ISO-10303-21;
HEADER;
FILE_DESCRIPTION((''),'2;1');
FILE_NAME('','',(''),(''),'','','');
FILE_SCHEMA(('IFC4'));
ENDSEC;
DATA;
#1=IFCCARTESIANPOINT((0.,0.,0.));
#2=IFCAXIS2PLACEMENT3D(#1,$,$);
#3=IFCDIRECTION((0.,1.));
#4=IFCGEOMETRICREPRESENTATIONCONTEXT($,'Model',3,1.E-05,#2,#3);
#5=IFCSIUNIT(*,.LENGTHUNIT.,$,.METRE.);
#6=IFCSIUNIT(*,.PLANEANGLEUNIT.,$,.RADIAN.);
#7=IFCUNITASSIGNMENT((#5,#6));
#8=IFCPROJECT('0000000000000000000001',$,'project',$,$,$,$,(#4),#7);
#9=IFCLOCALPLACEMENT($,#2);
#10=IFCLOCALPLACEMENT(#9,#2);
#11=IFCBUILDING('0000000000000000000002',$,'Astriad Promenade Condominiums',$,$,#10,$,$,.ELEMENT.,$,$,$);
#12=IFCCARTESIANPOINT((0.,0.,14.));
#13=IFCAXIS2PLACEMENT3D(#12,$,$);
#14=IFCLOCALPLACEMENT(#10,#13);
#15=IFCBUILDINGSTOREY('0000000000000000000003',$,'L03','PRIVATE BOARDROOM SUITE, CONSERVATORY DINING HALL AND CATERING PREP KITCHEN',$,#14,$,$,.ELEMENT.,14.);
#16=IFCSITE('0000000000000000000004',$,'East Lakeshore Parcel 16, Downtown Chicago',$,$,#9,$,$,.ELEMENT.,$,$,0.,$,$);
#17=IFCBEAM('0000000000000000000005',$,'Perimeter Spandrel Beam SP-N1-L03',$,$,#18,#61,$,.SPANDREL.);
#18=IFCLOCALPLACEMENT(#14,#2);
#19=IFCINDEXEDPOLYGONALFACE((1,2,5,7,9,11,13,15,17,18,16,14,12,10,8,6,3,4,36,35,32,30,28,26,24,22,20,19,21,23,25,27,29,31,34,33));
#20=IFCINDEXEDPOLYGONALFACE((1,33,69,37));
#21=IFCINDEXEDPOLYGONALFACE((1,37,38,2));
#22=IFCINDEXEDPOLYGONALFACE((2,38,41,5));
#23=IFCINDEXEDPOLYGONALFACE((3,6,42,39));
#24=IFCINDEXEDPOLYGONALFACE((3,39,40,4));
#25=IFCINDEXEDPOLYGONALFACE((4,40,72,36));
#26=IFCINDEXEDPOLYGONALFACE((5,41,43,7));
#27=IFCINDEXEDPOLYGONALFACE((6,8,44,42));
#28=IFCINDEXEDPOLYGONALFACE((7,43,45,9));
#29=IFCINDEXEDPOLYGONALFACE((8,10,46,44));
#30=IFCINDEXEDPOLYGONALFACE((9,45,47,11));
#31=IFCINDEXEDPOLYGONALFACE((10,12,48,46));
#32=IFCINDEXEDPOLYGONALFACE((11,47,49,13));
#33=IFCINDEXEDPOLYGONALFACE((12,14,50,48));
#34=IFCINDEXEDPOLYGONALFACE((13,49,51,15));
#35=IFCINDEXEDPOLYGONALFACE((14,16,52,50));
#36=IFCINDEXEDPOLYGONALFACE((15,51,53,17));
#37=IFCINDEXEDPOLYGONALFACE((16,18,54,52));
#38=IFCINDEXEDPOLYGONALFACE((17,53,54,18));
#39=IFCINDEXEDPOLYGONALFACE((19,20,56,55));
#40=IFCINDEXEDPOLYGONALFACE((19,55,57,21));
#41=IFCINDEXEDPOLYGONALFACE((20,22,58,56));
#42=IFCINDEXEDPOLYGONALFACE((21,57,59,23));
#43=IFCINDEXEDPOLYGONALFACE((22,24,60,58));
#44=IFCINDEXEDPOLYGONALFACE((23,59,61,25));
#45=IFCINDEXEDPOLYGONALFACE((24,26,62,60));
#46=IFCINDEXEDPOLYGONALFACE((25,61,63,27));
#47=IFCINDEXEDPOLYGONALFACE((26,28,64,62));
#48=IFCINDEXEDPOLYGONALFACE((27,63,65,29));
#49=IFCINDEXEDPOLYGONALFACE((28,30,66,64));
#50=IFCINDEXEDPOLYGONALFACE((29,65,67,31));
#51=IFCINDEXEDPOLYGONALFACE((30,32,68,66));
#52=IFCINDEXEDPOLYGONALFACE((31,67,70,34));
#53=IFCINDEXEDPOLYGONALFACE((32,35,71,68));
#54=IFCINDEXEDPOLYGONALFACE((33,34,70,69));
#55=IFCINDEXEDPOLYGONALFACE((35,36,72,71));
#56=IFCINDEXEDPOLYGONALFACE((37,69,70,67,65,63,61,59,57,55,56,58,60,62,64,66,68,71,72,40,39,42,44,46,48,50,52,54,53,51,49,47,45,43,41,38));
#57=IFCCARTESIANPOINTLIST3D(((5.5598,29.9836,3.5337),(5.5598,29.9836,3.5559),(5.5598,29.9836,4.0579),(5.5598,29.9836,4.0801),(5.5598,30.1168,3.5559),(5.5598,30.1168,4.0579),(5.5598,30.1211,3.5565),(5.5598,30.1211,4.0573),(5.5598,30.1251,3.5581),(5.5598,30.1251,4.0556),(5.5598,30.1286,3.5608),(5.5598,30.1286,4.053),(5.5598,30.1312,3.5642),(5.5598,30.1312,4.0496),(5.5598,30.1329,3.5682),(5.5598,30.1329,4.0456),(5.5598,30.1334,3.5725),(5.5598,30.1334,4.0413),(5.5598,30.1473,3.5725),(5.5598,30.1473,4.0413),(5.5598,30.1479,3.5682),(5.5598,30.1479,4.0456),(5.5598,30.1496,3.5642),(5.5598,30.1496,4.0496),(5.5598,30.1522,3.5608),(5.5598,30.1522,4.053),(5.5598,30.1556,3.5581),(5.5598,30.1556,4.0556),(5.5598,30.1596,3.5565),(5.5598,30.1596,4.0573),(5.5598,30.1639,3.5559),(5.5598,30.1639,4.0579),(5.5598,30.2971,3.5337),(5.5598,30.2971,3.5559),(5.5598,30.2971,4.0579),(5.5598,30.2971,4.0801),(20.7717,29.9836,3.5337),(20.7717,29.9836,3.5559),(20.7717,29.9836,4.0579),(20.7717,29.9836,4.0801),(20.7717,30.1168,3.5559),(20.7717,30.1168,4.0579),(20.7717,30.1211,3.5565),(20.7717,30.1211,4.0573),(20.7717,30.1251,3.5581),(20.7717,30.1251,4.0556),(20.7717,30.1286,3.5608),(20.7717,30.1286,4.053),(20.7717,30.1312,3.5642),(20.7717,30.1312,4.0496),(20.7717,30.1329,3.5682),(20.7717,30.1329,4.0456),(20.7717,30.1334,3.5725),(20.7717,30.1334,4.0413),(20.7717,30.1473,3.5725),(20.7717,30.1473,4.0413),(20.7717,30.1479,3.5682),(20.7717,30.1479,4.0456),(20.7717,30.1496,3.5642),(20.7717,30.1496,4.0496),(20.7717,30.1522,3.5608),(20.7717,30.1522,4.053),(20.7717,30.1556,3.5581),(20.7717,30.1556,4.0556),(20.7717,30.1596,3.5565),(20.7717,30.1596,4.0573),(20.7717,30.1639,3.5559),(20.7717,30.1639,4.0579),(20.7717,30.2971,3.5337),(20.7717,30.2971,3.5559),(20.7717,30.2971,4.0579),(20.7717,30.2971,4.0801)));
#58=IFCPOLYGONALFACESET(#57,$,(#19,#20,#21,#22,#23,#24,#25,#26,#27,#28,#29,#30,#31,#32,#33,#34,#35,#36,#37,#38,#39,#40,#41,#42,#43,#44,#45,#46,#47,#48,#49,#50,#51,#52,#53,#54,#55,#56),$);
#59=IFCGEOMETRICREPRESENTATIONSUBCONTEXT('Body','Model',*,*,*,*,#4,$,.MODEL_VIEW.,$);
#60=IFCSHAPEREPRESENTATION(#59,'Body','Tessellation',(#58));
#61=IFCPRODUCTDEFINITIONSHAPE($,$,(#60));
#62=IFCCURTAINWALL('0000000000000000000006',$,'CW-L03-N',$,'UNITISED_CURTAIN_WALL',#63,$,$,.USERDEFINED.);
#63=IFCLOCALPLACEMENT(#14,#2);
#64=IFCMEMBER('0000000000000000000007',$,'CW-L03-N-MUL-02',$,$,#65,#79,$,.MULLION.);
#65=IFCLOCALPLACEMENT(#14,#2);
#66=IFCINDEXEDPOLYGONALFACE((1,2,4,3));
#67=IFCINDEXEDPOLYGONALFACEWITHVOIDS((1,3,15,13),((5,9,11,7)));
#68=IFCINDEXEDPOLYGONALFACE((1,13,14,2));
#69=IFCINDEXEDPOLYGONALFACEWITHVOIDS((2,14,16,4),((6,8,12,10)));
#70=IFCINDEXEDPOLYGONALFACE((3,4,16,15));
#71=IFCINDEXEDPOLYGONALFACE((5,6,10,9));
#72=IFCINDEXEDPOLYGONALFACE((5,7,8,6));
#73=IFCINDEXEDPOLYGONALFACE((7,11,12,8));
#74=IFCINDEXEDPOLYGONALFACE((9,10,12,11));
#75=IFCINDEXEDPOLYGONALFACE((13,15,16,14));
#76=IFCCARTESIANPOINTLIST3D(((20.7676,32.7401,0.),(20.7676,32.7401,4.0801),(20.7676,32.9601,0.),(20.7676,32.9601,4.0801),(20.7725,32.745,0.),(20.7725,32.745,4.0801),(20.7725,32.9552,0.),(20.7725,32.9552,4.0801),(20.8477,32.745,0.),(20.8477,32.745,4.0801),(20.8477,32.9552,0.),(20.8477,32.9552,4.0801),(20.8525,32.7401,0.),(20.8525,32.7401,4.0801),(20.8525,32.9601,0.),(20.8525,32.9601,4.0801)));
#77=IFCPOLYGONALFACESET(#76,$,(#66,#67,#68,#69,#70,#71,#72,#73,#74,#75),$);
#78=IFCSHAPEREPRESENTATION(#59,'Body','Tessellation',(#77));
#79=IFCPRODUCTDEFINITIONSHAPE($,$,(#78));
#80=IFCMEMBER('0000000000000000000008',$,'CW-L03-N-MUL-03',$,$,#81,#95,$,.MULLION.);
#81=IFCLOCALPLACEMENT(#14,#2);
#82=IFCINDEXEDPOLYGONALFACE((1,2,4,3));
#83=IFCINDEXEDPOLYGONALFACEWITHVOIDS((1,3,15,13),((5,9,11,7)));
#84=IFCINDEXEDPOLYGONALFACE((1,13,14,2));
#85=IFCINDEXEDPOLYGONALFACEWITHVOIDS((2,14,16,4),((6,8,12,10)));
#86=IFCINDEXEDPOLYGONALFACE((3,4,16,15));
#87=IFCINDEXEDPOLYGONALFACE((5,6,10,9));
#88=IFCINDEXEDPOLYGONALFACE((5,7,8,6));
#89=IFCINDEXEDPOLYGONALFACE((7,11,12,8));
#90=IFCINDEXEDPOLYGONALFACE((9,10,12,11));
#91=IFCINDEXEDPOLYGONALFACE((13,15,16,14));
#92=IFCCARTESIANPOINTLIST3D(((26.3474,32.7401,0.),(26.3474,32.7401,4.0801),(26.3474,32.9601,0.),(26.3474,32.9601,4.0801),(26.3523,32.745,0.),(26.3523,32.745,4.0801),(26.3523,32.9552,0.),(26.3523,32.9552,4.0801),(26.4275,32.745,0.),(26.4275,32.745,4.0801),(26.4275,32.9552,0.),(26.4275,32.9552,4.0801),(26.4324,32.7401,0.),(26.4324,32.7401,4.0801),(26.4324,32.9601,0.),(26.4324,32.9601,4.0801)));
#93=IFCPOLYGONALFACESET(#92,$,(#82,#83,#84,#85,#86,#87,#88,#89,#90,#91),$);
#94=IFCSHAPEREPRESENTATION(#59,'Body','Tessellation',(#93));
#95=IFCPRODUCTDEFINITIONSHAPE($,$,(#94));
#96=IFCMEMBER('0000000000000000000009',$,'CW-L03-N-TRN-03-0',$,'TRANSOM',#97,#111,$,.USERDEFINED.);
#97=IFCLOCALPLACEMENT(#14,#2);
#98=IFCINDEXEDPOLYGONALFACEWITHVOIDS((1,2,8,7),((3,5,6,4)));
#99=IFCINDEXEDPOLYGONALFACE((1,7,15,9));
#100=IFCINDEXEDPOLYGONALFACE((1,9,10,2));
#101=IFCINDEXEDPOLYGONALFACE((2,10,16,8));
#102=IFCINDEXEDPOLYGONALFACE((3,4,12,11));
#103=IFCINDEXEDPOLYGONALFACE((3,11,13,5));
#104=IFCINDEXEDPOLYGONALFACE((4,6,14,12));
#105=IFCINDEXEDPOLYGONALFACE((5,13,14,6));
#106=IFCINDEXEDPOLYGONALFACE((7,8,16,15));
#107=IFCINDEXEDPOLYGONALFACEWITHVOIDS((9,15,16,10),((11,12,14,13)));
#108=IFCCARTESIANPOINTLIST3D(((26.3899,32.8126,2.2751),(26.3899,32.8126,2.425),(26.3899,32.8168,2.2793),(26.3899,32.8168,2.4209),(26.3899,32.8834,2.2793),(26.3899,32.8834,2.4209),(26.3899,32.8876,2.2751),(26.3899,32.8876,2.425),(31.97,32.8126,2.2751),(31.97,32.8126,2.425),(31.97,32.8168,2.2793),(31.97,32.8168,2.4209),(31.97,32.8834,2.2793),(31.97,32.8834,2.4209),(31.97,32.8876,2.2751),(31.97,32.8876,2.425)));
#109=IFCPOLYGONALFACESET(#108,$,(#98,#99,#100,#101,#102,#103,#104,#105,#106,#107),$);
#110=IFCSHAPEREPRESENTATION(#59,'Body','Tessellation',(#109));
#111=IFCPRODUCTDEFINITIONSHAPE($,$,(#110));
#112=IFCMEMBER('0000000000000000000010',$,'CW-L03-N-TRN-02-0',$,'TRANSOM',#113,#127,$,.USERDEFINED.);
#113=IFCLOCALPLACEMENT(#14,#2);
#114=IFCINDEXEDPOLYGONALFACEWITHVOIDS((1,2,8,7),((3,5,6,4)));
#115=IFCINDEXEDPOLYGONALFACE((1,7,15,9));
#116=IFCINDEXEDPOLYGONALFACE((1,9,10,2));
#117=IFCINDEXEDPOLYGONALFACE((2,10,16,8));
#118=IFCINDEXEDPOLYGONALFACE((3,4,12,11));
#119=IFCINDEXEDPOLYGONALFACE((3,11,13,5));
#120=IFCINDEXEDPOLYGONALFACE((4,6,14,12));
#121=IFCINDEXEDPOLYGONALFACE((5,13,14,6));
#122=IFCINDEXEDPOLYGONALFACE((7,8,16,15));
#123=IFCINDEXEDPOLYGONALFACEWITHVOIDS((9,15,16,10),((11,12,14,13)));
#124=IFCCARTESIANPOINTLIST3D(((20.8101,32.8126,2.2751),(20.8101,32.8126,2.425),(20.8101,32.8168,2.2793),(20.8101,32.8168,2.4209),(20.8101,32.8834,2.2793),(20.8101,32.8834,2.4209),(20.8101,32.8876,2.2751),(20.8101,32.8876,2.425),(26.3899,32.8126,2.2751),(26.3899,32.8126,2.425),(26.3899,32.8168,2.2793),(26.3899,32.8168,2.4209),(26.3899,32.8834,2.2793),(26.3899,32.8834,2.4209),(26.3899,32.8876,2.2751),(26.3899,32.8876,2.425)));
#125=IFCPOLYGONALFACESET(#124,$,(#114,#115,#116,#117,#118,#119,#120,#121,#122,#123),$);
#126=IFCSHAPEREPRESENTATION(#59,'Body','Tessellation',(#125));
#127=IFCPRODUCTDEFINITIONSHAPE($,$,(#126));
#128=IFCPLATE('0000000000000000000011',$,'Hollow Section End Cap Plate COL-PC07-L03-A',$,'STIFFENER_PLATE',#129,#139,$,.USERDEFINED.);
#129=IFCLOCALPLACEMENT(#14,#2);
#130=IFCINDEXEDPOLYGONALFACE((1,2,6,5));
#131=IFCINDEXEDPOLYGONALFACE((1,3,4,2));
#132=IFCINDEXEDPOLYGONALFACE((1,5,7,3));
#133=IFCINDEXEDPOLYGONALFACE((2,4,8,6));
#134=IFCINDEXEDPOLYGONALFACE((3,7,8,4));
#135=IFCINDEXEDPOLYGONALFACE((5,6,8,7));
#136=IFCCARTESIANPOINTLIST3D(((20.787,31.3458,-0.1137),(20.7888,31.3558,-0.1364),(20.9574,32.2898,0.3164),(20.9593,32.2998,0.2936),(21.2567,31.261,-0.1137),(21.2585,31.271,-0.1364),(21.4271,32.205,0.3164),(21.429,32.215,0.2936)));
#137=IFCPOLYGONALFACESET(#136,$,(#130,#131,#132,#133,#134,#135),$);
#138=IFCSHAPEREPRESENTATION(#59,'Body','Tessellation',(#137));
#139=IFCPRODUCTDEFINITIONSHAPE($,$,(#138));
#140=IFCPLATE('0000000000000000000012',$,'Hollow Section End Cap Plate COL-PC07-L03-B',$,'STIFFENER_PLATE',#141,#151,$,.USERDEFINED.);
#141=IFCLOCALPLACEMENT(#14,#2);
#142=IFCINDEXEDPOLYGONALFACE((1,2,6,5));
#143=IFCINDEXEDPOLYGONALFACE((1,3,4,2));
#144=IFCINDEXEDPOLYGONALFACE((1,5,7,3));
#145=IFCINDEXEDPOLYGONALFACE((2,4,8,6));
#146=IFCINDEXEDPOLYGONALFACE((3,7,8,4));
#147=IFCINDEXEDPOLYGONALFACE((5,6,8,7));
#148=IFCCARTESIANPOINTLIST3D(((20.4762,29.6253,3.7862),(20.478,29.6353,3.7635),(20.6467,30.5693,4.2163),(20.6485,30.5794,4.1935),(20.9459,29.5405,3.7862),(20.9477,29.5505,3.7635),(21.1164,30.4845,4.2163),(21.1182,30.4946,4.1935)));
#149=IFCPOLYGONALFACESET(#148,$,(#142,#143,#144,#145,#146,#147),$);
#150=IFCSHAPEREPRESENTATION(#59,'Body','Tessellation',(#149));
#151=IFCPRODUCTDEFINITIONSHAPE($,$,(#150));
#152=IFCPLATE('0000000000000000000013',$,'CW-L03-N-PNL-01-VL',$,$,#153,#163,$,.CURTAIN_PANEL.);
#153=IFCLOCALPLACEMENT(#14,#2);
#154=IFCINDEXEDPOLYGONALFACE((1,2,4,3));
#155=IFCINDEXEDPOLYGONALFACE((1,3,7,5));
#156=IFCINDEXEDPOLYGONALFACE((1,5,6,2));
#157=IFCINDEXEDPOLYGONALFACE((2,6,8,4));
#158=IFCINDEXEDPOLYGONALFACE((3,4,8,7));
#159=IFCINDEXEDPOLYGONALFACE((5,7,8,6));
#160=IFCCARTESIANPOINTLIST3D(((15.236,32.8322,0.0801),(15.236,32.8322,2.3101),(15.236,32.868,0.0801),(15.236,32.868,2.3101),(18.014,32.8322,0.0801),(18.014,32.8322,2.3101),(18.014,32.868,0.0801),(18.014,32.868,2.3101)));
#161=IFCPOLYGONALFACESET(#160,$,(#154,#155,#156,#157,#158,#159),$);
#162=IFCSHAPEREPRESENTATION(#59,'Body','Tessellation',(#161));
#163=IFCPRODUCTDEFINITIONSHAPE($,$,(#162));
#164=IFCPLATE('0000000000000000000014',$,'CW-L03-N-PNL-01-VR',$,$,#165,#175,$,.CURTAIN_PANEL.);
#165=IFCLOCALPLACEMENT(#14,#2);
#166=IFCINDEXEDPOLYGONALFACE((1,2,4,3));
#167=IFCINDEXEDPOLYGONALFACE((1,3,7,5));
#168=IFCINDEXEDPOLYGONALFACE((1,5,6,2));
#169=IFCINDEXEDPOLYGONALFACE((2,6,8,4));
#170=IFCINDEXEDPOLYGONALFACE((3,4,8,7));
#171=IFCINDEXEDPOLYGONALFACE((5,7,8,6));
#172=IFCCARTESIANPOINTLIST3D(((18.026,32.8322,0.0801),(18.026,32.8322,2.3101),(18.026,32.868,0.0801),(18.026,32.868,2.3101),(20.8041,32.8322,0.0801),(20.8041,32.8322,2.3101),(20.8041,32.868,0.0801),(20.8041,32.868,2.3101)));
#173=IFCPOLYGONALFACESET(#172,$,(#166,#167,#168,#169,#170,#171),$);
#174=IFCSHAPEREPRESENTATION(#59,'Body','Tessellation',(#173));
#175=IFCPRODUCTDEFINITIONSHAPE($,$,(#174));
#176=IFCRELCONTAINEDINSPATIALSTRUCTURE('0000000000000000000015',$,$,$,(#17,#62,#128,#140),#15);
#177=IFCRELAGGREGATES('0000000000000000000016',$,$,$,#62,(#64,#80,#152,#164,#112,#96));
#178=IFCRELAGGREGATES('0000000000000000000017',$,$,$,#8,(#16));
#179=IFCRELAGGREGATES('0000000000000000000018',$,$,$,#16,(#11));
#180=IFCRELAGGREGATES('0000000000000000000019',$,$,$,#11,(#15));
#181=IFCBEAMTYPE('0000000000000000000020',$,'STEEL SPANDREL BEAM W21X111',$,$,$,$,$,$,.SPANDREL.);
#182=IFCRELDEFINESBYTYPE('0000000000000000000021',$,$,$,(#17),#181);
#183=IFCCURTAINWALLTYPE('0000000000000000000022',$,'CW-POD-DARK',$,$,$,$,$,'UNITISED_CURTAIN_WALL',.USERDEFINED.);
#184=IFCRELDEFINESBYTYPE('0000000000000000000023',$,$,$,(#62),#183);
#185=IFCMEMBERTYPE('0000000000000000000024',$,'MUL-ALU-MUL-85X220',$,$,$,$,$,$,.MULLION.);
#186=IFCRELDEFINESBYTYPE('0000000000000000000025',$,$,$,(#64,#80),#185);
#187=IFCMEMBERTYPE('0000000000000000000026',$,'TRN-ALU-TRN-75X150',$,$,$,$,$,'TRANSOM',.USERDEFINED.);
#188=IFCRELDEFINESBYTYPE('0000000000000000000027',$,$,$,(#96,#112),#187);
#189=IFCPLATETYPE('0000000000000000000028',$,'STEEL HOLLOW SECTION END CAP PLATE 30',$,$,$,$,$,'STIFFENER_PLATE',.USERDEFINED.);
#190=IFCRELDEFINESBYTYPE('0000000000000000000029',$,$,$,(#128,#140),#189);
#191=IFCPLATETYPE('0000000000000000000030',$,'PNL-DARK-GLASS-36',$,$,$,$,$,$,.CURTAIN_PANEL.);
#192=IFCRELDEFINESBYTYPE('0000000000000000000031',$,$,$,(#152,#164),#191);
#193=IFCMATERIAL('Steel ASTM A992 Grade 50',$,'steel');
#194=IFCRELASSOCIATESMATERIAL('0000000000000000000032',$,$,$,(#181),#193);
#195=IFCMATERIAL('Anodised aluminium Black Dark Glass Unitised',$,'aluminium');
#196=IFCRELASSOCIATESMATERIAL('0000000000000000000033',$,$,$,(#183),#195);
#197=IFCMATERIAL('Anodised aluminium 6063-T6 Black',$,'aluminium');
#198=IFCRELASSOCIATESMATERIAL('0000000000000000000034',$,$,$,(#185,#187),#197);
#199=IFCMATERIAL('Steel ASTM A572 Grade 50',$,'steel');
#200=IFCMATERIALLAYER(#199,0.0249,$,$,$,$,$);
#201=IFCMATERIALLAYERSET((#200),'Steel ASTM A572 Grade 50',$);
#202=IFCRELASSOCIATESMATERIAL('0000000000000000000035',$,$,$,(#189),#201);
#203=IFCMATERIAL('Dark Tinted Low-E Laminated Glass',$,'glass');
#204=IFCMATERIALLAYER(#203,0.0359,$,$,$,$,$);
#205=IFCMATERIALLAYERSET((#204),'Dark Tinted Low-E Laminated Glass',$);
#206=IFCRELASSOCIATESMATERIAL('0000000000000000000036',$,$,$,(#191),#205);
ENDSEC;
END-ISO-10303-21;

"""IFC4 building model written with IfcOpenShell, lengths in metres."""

from ifc_helpers import new_model, si_unit, direction, frame, origin, origin_2d, place, context, subcontext, project, spatial, rectangle, hollow_rectangle, i_section, extrude, source, transform, mapped, material, layer, layer_set, material_profile, profile_set, type_object, type_shapes, element, aggregate, save


model = new_model("IFC4")

# Units and contexts
model_context = context("Model", 3, precision=1e-05, world=origin(), true_north=direction((0.0, 1.0)))
body_context = subcontext(model_context, "Body", "Model", "MODEL_VIEW")
ifc_project = project(units=[si_unit("LENGTHUNIT", "METRE"), si_unit("PLANEANGLEUNIT", "RADIAN")], contexts=[model_context])

# Site, building, storey
site_placement = place(None, origin())
site = spatial("IfcSite", under=ifc_project, at=site_placement, Name="East Lakeshore Parcel 16, Downtown Chicago", CompositionType="ELEMENT", RefElevation=0.0)
building_placement = place(site_placement, origin())
building = spatial("IfcBuilding", under=site, at=building_placement, Name="Astriad Promenade Condominiums", CompositionType="ELEMENT")
storey_placement = place(building_placement, frame((0.0, 0.0, 14.0)))
storey = spatial("IfcBuildingStorey", under=building, at=storey_placement, Name="L03", Description="PRIVATE BOARDROOM SUITE, CONSERVATORY DINING HALL AND CATERING PREP KITCHEN", CompositionType="ELEMENT", Elevation=14.0)

# Shared definitions
ifc_material_1 = material(Name="Steel ASTM A992 Grade 50", Category="steel")

# Beam
ifc_material_profile_1 = material_profile(ifc_material_1, i_section(OverallWidth=0.3135, OverallDepth=0.5464, WebThickness=0.0139, FlangeThickness=0.0222, FilletRadius=0.0166, at=origin_2d()), Name="W21X111")
ifc_profile_set_1 = profile_set([ifc_material_profile_1], Name="Steel ASTM A992 Grade 50")
beam_type_1 = type_object("IfcBeamType", Name="STEEL SPANDREL BEAM W21X111", PredefinedType="SPANDREL", material=ifc_profile_set_1)
shared_shape_1 = source(origin(), body_context, "Body", "SweptSolid", [
    extrude(i_section(OverallWidth=0.3135, OverallDepth=0.5464, WebThickness=0.0139, FlangeThickness=0.0222, FilletRadius=0.0166, at=origin_2d()), origin(), (0.0, 0.0, 1.0), 15.2119),
])
type_shapes(beam_type_1, [shared_shape_1])
beam_1_placement = place(storey_placement, frame((20.7717, 30.1404, 3.8069), z_axis=(-1.0, 0.0, 0.0), x_axis=(0.0, -1.0, 0.0)))
element("IfcBeam", 1, at=beam_1_placement, inside=storey, type_object=beam_type_1, Name="Perimeter Spandrel Beam SP-N1-L03", PredefinedType="SPANDREL", context=body_context, shape_type="MappedRepresentation", body=[
    mapped(shared_shape_1, transform((0.0, 0.0, 0.0), scale=1.0)),
])

# Curtain wall, members
ifc_material_2 = material(Name="Anodised aluminium Black Dark Glass Unitised", Category="aluminium")
curtain_wall_type = type_object("IfcCurtainWallType", Name="CW-POD-DARK", ElementType="UNITISED_CURTAIN_WALL", PredefinedType="USERDEFINED", material=ifc_material_2)
curtain_wall_placement = place(storey_placement, origin())
curtain_wall = element("IfcCurtainWall", 2, at=curtain_wall_placement, inside=storey, type_object=curtain_wall_type, Name="CW-L03-N", ObjectType="UNITISED_CURTAIN_WALL", PredefinedType="USERDEFINED")
ifc_material_3 = material(Name="Anodised aluminium 6063-T6 Black", Category="aluminium")
ifc_material_profile_2 = material_profile(ifc_material_3, hollow_rectangle(XDim=0.085, YDim=0.22, WallThickness=0.0049, at=origin_2d()), Name="ALU-MUL-85X220")
ifc_profile_set_2 = profile_set([ifc_material_profile_2], Name="Anodised aluminium 6063-T6 Black")
member_type_1 = type_object("IfcMemberType", Name="MUL-ALU-MUL-85X220", PredefinedType="MULLION", material=ifc_profile_set_2)
shared_shape_2 = source(origin(), body_context, "Body", "SweptSolid", [
    extrude(hollow_rectangle(XDim=0.085, YDim=0.22, WallThickness=0.0049, at=origin_2d()), origin(), (0.0, 0.0, 1.0), 4.0801),
])
type_shapes(member_type_1, [shared_shape_2])
member_1_placement = place(storey_placement, frame((20.8101, 32.8501, 0.0), z_axis=(0.0, 0.0, 1.0), x_axis=(1.0, 0.0, 0.0)))
member_1 = element("IfcMember", 3, at=member_1_placement, type_object=member_type_1, Name="CW-L03-N-MUL-02", PredefinedType="MULLION", context=body_context, shape_type="MappedRepresentation", body=[
    mapped(shared_shape_2, transform((0.0, 0.0, 0.0), scale=1.0)),
])
member_2_placement = place(storey_placement, frame((26.3899, 32.8501, 0.0), z_axis=(0.0, 0.0, 1.0), x_axis=(1.0, 0.0, 0.0)))
member_2 = element("IfcMember", 4, at=member_2_placement, type_object=member_type_1, Name="CW-L03-N-MUL-03", PredefinedType="MULLION", context=body_context, shape_type="MappedRepresentation", body=[
    mapped(shared_shape_2, transform((0.0, 0.0, 0.0), scale=1.0)),
])
ifc_material_profile_3 = material_profile(ifc_material_3, hollow_rectangle(XDim=0.075, YDim=0.1499, WallThickness=0.0042, at=origin_2d()), Name="ALU-TRN-75X150")
ifc_profile_set_3 = profile_set([ifc_material_profile_3], Name="Anodised aluminium 6063-T6 Black")
member_type_2 = type_object("IfcMemberType", Name="TRN-ALU-TRN-75X150", ElementType="TRANSOM", PredefinedType="USERDEFINED", material=ifc_profile_set_3)
shared_shape_3 = source(origin(), body_context, "Body", "SweptSolid", [
    extrude(hollow_rectangle(XDim=0.075, YDim=0.1499, WallThickness=0.0042, at=origin_2d()), origin(), (0.0, 0.0, 1.0), 5.5801),
])
member_3_placement = place(storey_placement, frame((26.3899, 32.8501, 2.3501), z_axis=(1.0, 0.0, 0.0), x_axis=(0.0, 1.0, 0.0)))
member_3 = element("IfcMember", 5, at=member_3_placement, type_object=member_type_2, Name="CW-L03-N-TRN-03-0", ObjectType="TRANSOM", PredefinedType="USERDEFINED", context=body_context, shape_type="MappedRepresentation", body=[
    mapped(shared_shape_3, transform((0.0, 0.0, 0.0), scale=1.0)),
])
shared_shape_4 = source(origin(), body_context, "Body", "SweptSolid", [
    extrude(hollow_rectangle(XDim=0.075, YDim=0.1499, WallThickness=0.0042, at=origin_2d()), origin(), (0.0, 0.0, 1.0), 5.5798),
])
type_shapes(member_type_2, [shared_shape_3, shared_shape_4])
member_4_placement = place(storey_placement, frame((20.8101, 32.8501, 2.3501), z_axis=(1.0, 0.0, 0.0), x_axis=(0.0, 1.0, 0.0)))
member_4 = element("IfcMember", 6, at=member_4_placement, type_object=member_type_2, Name="CW-L03-N-TRN-02-0", ObjectType="TRANSOM", PredefinedType="USERDEFINED", context=body_context, shape_type="MappedRepresentation", body=[
    mapped(shared_shape_4, transform((0.0, 0.0, 0.0), scale=1.0)),
])

# Plates
ifc_material_4 = material(Name="Steel ASTM A572 Grade 50", Category="steel")
ifc_layer_1 = layer(ifc_material_4, 0.0249)
ifc_layer_set_1 = layer_set([ifc_layer_1], Name="Steel ASTM A572 Grade 50")
plate_type_1 = type_object("IfcPlateType", Name="STEEL HOLLOW SECTION END CAP PLATE 30", ElementType="STIFFENER_PLATE", PredefinedType="USERDEFINED", material=ifc_layer_set_1)
shared_shape_5 = source(origin(), body_context, "Body", "SweptSolid", [
    extrude(rectangle(XDim=0.4773, YDim=1.0513, at=origin_2d()), origin(), (0.0, 0.0, 1.0), 0.0249),
])
type_shapes(plate_type_1, [shared_shape_5])
for number, where, z_axis, x_axis, name in (
    (7, (21.1089, 31.7854, 0.0786), (-0.07268, -0.402565, 0.912502), (0.98409, -0.17767, 0.0), "Hollow Section End Cap Plate COL-PC07-L03-A"),
    (8, (20.7981, 30.0649, 3.9785), (-0.07268, -0.402565, 0.912502), (0.98409, -0.17767, 0.0), "Hollow Section End Cap Plate COL-PC07-L03-B"),
):
    element("IfcPlate", number, at=place(storey_placement, frame(where, z_axis=z_axis, x_axis=x_axis)), inside=storey, type_object=plate_type_1, Name=name, ObjectType="STIFFENER_PLATE", PredefinedType="USERDEFINED", context=body_context, shape_type="MappedRepresentation", body=[
        mapped(shared_shape_5, transform((0.0, 0.0, 0.0), scale=1.0)),
    ])

# Plates
ifc_material_5 = material(Name="Dark Tinted Low-E Laminated Glass", Category="glass")
ifc_layer_2 = layer(ifc_material_5, 0.0359)
ifc_layer_set_2 = layer_set([ifc_layer_2], Name="Dark Tinted Low-E Laminated Glass")
plate_type_2 = type_object("IfcPlateType", Name="PNL-DARK-GLASS-36", PredefinedType="CURTAIN_PANEL", material=ifc_layer_set_2)
shared_shape_6 = source(origin(), body_context, "Body", "SweptSolid", [
    extrude(rectangle(XDim=2.7781, YDim=0.0359, at=origin_2d()), origin(), (0.0, 0.0, 1.0), 2.23),
])
plate_1_placement = place(storey_placement, frame((16.625, 32.8501, 0.0801), z_axis=(0.0, 0.0, 1.0), x_axis=(1.0, 0.0, 0.0)))
plate_1 = element("IfcPlate", 9, at=plate_1_placement, type_object=plate_type_2, Name="CW-L03-N-PNL-01-VL", PredefinedType="CURTAIN_PANEL", context=body_context, shape_type="MappedRepresentation", body=[
    mapped(shared_shape_6, transform((0.0, 0.0, 0.0), scale=1.0)),
])
plate_2_placement = place(storey_placement, frame((19.415, 32.8501, 0.0801), z_axis=(0.0, 0.0, 1.0), x_axis=(1.0, 0.0, 0.0)))
plate_2 = element("IfcPlate", 10, at=plate_2_placement, type_object=plate_type_2, Name="CW-L03-N-PNL-01-VR", PredefinedType="CURTAIN_PANEL", context=body_context, shape_type="MappedRepresentation", body=[
    mapped(shared_shape_6, transform((0.0, 0.0, 0.0), scale=1.0)),
])
aggregate(curtain_wall, [member_1, member_2, plate_1, plate_2, member_4, member_3])

save(model, "model.ifc")
